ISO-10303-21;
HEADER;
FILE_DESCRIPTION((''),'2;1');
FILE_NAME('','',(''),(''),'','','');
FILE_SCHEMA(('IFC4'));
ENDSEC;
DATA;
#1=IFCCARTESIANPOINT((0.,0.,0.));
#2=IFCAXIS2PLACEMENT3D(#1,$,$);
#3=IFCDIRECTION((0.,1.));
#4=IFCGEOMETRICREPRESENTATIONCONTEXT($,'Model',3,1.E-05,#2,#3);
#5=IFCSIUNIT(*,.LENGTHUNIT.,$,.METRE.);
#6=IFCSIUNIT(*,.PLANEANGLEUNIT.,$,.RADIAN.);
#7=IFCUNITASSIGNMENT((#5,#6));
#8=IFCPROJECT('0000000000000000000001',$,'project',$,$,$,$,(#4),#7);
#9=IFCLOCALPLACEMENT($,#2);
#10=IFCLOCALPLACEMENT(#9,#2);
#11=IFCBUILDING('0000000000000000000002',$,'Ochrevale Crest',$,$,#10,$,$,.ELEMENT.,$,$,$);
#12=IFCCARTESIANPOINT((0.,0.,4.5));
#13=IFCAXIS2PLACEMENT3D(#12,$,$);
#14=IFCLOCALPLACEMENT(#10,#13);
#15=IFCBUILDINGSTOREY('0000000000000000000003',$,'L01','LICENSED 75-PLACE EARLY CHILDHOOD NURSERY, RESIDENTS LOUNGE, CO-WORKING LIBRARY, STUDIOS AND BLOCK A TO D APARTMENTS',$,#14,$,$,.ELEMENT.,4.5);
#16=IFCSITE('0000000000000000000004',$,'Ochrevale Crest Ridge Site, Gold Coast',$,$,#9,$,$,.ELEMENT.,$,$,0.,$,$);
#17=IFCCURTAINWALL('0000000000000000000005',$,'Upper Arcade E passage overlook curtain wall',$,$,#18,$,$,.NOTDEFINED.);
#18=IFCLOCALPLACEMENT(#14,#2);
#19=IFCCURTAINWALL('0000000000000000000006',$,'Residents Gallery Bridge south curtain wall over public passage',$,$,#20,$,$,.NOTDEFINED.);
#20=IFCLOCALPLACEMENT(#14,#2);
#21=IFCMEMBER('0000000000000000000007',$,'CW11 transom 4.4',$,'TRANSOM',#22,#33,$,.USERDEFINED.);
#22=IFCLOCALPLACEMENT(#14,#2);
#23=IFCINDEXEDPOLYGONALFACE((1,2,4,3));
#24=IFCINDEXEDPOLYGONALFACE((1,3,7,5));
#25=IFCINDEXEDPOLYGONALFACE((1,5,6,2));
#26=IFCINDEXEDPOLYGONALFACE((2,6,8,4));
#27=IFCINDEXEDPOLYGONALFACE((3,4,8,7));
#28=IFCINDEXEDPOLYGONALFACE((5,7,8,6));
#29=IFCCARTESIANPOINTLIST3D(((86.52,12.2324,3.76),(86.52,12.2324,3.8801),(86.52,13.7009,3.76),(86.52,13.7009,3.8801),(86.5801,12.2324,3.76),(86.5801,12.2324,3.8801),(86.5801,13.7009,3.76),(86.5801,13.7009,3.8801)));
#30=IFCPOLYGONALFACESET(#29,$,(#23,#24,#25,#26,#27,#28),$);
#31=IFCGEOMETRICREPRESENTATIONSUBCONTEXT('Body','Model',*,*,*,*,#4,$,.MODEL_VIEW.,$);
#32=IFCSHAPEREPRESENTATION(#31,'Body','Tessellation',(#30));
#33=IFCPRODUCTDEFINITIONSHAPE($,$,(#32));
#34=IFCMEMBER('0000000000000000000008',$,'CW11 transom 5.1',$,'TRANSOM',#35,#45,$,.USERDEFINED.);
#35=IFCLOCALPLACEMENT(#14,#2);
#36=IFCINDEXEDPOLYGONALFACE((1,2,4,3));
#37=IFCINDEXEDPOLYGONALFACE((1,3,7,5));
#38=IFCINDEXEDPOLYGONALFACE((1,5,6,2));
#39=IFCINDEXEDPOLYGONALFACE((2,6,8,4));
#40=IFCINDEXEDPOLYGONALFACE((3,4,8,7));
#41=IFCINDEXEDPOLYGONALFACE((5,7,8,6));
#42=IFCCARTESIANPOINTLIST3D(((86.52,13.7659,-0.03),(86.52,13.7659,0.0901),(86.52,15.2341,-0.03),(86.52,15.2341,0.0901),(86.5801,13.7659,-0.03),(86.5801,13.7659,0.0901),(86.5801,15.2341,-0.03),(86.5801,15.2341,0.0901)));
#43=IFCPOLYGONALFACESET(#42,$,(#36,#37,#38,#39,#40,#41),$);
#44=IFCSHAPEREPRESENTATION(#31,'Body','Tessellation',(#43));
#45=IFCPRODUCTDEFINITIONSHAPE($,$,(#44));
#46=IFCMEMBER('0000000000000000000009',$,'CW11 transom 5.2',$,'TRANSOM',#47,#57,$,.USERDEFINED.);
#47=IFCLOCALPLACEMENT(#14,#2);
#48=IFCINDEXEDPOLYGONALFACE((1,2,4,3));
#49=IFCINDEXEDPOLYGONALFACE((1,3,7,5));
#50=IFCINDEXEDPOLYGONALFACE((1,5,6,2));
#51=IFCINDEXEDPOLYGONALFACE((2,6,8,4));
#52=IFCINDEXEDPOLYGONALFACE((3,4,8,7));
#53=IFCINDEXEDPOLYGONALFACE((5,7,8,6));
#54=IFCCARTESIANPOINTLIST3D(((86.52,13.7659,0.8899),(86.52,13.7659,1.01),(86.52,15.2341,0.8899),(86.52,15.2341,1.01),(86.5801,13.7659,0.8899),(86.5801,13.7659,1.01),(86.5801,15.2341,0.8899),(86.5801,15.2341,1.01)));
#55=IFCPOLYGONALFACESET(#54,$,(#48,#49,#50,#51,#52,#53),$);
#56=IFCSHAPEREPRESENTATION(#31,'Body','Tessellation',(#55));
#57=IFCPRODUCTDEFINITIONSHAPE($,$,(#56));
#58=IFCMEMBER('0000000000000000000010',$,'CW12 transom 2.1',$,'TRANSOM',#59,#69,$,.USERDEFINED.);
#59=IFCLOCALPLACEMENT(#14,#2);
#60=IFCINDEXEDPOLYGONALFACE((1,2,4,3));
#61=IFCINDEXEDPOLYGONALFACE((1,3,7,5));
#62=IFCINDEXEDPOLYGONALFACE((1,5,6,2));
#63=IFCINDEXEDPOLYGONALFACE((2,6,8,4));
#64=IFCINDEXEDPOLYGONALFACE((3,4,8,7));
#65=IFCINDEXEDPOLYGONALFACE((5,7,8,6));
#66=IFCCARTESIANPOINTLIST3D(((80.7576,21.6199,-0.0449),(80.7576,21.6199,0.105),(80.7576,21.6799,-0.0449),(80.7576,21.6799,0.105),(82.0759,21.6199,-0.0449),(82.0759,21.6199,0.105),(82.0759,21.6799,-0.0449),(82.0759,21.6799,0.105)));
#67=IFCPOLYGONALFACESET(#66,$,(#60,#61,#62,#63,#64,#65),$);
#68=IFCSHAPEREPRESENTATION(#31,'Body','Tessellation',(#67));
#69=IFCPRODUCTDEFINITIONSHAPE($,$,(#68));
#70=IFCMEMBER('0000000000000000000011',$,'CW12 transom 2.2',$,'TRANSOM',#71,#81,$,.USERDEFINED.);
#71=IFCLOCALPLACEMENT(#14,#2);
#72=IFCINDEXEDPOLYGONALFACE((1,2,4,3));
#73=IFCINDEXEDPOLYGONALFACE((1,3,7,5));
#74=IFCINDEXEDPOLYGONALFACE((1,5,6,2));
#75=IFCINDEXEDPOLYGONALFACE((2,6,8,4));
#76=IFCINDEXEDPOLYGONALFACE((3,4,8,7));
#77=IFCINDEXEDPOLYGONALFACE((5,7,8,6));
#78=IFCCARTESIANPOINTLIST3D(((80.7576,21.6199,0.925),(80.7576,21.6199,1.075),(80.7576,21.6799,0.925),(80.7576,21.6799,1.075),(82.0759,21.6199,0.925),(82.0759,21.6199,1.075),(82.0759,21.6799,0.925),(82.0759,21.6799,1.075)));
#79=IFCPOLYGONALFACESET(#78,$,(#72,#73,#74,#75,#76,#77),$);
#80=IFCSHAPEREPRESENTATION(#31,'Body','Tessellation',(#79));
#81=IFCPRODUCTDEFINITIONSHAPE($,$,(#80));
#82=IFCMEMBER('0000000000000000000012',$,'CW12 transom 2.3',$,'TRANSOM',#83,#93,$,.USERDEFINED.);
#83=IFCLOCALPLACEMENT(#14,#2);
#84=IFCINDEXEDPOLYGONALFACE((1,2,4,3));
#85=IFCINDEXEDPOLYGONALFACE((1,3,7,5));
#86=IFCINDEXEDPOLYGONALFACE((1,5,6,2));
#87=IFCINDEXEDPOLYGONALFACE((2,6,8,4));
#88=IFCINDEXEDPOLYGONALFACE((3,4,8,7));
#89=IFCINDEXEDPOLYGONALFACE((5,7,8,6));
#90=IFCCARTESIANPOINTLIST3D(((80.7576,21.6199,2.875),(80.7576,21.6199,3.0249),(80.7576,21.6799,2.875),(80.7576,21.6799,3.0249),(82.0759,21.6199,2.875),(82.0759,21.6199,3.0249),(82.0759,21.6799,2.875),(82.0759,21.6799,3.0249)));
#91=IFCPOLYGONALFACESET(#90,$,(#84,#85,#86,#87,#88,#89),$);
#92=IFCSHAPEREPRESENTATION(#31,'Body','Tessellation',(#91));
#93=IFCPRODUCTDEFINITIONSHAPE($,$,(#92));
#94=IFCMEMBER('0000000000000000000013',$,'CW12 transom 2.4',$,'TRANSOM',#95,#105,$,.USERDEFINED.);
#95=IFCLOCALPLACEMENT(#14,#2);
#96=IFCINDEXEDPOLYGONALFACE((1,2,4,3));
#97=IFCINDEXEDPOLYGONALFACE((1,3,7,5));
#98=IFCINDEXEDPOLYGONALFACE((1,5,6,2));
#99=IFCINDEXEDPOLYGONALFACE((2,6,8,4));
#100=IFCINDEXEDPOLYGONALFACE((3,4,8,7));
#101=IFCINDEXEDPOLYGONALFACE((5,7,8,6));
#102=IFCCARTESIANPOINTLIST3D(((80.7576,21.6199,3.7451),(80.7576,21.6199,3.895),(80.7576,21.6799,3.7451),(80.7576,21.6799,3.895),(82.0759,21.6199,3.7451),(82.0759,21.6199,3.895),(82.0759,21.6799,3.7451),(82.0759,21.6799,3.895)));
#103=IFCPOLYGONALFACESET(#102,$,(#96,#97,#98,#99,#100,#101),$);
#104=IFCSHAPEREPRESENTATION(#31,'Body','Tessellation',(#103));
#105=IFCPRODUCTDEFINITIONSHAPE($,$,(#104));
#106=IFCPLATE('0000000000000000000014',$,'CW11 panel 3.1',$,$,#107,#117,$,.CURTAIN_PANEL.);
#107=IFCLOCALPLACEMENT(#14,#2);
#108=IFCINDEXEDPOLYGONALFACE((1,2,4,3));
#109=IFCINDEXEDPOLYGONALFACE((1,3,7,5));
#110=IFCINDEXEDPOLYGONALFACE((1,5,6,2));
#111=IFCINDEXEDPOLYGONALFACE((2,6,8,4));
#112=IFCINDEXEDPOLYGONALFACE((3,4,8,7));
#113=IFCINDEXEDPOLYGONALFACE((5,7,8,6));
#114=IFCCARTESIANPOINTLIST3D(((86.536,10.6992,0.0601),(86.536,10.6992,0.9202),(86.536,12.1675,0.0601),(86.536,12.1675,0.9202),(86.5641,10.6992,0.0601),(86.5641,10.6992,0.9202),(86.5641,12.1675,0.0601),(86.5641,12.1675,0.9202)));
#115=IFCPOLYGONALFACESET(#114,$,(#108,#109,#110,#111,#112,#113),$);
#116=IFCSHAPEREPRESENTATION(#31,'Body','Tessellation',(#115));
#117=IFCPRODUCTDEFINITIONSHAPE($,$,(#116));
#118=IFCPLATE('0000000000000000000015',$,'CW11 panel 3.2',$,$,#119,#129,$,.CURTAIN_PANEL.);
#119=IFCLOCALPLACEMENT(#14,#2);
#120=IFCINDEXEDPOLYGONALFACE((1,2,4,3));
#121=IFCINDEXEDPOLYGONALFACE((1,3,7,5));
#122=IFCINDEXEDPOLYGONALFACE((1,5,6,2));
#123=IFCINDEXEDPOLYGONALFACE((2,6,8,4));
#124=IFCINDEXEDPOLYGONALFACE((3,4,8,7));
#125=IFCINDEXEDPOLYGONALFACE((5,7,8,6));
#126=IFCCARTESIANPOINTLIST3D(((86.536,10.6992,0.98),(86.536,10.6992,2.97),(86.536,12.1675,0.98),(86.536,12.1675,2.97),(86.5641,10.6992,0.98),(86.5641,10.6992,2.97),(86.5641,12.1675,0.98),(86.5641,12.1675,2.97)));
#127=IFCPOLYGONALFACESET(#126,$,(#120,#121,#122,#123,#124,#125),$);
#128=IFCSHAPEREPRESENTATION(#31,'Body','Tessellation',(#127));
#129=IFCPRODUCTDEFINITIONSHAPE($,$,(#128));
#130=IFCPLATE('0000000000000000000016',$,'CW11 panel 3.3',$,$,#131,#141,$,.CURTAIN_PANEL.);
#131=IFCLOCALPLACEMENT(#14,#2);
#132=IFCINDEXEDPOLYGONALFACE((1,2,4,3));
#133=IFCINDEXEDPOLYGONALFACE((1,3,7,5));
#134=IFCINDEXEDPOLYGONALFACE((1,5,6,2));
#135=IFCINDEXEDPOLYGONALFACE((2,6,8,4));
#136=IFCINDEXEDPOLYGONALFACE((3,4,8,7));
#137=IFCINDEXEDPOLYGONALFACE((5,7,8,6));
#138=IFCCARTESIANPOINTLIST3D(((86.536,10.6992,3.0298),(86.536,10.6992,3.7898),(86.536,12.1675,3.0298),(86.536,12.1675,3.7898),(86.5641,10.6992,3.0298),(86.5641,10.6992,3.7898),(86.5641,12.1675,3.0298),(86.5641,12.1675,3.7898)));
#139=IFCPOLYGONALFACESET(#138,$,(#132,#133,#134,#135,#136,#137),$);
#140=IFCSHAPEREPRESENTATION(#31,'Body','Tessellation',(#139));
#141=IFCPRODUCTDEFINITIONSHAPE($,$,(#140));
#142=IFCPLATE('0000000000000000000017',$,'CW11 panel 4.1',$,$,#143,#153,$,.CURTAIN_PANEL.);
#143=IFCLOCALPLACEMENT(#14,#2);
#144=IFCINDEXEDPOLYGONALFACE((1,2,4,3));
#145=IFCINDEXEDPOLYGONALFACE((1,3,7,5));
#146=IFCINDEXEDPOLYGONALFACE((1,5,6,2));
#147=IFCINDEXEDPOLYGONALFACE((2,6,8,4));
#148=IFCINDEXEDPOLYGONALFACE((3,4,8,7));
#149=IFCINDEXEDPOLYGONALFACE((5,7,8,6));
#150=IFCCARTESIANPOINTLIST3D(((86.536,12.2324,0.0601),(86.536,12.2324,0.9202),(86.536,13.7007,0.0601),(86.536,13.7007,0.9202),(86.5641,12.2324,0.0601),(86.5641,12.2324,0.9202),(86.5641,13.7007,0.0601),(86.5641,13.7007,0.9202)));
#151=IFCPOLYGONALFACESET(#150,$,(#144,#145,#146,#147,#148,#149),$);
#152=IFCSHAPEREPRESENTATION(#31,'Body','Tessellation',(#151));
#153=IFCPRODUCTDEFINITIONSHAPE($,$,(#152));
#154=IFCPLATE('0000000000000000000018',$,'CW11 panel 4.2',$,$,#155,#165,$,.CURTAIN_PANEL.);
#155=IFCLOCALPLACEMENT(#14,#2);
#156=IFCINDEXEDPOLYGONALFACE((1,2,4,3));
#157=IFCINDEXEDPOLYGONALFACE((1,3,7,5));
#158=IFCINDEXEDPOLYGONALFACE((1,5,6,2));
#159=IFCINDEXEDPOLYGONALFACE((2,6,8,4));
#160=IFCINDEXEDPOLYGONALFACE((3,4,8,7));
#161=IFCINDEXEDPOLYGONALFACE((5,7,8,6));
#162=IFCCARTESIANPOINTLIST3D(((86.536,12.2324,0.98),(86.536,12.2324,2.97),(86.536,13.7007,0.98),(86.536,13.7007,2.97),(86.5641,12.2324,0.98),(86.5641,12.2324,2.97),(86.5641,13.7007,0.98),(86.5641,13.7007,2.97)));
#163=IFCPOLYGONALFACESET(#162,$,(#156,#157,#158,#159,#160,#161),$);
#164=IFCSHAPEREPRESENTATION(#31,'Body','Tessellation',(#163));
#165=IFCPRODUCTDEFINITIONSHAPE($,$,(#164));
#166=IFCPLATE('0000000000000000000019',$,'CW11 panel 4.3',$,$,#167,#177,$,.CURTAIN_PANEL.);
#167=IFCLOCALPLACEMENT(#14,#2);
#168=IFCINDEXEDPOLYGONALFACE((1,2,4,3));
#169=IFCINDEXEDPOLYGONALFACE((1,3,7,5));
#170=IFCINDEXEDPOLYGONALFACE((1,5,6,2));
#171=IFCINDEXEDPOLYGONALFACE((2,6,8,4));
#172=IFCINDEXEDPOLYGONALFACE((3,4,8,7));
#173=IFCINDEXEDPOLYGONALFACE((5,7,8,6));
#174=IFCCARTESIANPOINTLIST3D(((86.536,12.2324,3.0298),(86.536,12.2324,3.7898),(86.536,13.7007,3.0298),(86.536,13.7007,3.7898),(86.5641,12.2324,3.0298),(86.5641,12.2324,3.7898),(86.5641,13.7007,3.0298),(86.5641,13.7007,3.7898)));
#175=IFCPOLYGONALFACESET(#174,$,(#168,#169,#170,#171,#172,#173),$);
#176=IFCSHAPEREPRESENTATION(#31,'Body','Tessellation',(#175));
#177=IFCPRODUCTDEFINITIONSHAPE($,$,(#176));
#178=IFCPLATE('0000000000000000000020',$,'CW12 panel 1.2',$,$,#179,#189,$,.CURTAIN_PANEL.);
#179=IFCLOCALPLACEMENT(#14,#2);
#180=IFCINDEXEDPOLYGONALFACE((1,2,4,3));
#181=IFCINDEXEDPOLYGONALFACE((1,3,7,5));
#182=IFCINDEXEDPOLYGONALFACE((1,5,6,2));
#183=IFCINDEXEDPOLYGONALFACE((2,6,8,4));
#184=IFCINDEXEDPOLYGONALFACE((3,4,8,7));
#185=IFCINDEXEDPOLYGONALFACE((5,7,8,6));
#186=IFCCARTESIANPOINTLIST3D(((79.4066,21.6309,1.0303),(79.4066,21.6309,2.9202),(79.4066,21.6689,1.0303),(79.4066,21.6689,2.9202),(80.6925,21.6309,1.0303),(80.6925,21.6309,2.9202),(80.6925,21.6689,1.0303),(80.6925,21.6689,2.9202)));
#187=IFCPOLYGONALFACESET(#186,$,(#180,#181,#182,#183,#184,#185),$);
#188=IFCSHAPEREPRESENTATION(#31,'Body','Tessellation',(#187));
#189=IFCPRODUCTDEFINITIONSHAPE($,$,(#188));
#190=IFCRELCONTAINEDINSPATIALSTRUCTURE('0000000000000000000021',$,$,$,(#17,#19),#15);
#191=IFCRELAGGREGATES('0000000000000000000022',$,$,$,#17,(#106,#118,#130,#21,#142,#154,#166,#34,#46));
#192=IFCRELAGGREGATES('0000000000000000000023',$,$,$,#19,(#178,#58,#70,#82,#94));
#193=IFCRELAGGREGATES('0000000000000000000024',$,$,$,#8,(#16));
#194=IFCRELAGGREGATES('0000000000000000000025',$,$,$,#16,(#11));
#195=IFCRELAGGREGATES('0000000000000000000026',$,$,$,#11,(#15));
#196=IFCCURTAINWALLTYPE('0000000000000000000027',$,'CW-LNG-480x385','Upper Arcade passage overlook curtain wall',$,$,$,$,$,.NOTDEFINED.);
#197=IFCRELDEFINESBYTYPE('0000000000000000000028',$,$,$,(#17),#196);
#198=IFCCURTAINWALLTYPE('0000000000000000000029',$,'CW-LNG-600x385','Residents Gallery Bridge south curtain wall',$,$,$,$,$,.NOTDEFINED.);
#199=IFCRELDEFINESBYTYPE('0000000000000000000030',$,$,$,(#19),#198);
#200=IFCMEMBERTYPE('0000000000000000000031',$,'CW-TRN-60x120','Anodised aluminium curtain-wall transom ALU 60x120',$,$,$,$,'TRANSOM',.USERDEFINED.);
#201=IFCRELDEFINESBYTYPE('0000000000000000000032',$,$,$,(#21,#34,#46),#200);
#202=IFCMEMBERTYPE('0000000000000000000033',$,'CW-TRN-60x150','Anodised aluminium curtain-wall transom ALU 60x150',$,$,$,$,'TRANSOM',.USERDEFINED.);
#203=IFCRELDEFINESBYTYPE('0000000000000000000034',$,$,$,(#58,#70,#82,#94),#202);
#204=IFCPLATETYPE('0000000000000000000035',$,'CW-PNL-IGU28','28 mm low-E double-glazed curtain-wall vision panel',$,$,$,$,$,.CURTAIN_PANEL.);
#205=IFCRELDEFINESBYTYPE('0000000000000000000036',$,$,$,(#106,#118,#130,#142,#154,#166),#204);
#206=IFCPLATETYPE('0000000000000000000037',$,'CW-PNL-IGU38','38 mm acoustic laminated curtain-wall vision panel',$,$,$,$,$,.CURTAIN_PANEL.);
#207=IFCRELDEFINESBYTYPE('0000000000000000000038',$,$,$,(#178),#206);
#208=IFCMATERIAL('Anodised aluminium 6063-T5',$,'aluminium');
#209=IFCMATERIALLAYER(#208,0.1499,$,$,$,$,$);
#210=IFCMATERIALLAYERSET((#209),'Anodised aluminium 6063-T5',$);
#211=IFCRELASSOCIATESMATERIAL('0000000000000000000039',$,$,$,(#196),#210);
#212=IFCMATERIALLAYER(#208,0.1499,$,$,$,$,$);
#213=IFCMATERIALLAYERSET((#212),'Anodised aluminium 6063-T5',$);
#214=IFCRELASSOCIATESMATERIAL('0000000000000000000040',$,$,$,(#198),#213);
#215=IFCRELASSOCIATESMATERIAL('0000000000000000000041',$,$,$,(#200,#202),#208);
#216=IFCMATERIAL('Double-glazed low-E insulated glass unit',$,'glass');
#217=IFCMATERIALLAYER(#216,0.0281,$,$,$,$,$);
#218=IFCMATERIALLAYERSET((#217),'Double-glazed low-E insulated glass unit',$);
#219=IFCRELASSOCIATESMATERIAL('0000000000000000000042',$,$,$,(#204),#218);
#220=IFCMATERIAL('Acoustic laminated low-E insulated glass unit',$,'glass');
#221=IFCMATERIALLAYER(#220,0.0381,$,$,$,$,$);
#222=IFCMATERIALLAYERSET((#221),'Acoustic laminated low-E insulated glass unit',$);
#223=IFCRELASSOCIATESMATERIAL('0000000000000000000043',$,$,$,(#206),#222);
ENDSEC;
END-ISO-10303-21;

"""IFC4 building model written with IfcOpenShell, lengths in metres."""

from ifc_helpers import new_model, si_unit, direction, frame, origin, origin_2d, place, context, subcontext, project, spatial, rectangle, extrude, material, layer, layer_set, material_profile, profile_set, type_object, element, aggregate, save


model = new_model("IFC4")

# Units and contexts
model_context = context("Model", 3, precision=1e-05, world=origin(), true_north=direction((0.0, 1.0)))
body_context = subcontext(model_context, "Body", "Model", "MODEL_VIEW")
ifc_project = project(units=[si_unit("LENGTHUNIT", "METRE"), si_unit("PLANEANGLEUNIT", "RADIAN")], contexts=[model_context])

# Site, building, storey
site_placement = place(None, origin())
site = spatial("IfcSite", under=ifc_project, at=site_placement, Name="Ochrevale Crest Ridge Site, Gold Coast", CompositionType="ELEMENT", RefElevation=0.0)
building_placement = place(site_placement, origin())
building = spatial("IfcBuilding", under=site, at=building_placement, Name="Ochrevale Crest", CompositionType="ELEMENT")
storey_placement = place(building_placement, frame((0.0, 0.0, 4.5)))
storey = spatial("IfcBuildingStorey", under=building, at=storey_placement, Name="L01", Description="LICENSED 75-PLACE EARLY CHILDHOOD NURSERY, RESIDENTS LOUNGE, CO-WORKING LIBRARY, STUDIOS AND BLOCK A TO D APARTMENTS", CompositionType="ELEMENT", Elevation=4.5)

# Curtain wall
ifc_material_1 = material(Name="Anodised aluminium 6063-T5", Category="aluminium")
ifc_layer_1 = layer(ifc_material_1, 0.1499)
ifc_layer_set_1 = layer_set([ifc_layer_1], Name="Anodised aluminium 6063-T5")
curtain_wall_type_1 = type_object("IfcCurtainWallType", Name="CW-LNG-480x385", Description="Upper Arcade passage overlook curtain wall", PredefinedType="NOTDEFINED", material=ifc_layer_set_1)
curtain_wall_1_placement = place(storey_placement, origin())
curtain_wall_1 = element("IfcCurtainWall", 1, at=curtain_wall_1_placement, inside=storey, type_object=curtain_wall_type_1, Name="Upper Arcade E passage overlook curtain wall", PredefinedType="NOTDEFINED")

# Curtain wall
ifc_layer_2 = layer(ifc_material_1, 0.1499)
ifc_layer_set_2 = layer_set([ifc_layer_2], Name="Anodised aluminium 6063-T5")
curtain_wall_type_2 = type_object("IfcCurtainWallType", Name="CW-LNG-600x385", Description="Residents Gallery Bridge south curtain wall", PredefinedType="NOTDEFINED", material=ifc_layer_set_2)
curtain_wall_2_placement = place(storey_placement, origin())
curtain_wall_2 = element("IfcCurtainWall", 2, at=curtain_wall_2_placement, inside=storey, type_object=curtain_wall_type_2, Name="Residents Gallery Bridge south curtain wall over public passage", PredefinedType="NOTDEFINED")

# Members
ifc_material_profile_1 = material_profile(ifc_material_1, rectangle(XDim=0.0601, YDim=0.1201, at=origin_2d()), Name="ALU 60x120")
ifc_profile_set_1 = profile_set([ifc_material_profile_1], Name="Anodised aluminium 6063-T5")
member_type_1 = type_object("IfcMemberType", Name="CW-TRN-60x120", Description="Anodised aluminium curtain-wall transom ALU 60x120", ElementType="TRANSOM", PredefinedType="USERDEFINED", material=ifc_profile_set_1)
member_1_placement = place(storey_placement, frame((86.55, 12.2324, 3.8201), z_axis=(0.0, 1.0, 0.0), x_axis=(-1.0, 0.0, 0.0)))
member_1 = element("IfcMember", 3, at=member_1_placement, type_object=member_type_1, Name="CW11 transom 4.4", ObjectType="TRANSOM", PredefinedType="USERDEFINED", context=body_context, shape_type="SweptSolid", body=[
    extrude(rectangle(XDim=0.0601, YDim=0.1201, at=origin_2d()), origin(), (0.0, 0.0, 1.0), 1.4685),
])
member_2_placement = place(storey_placement, frame((86.55, 13.7659, 0.03), z_axis=(0.0, 1.0, 0.0), x_axis=(-1.0, 0.0, 0.0)))
member_2 = element("IfcMember", 4, at=member_2_placement, type_object=member_type_1, Name="CW11 transom 5.1", ObjectType="TRANSOM", PredefinedType="USERDEFINED", context=body_context, shape_type="SweptSolid", body=[
    extrude(rectangle(XDim=0.0601, YDim=0.1201, at=origin_2d()), origin(), (0.0, 0.0, 1.0), 1.4683),
])
member_3_placement = place(storey_placement, frame((86.55, 13.7659, 0.95), z_axis=(0.0, 1.0, 0.0), x_axis=(-1.0, 0.0, 0.0)))
member_3 = element("IfcMember", 5, at=member_3_placement, type_object=member_type_1, Name="CW11 transom 5.2", ObjectType="TRANSOM", PredefinedType="USERDEFINED", context=body_context, shape_type="SweptSolid", body=[
    extrude(rectangle(XDim=0.0601, YDim=0.1201, at=origin_2d()), origin(), (0.0, 0.0, 1.0), 1.4683),
])
ifc_material_profile_2 = material_profile(ifc_material_1, rectangle(XDim=0.0601, YDim=0.1499, at=origin_2d()), Name="ALU 60x150")
ifc_profile_set_2 = profile_set([ifc_material_profile_2], Name="Anodised aluminium 6063-T5")
member_type_2 = type_object("IfcMemberType", Name="CW-TRN-60x150", Description="Anodised aluminium curtain-wall transom ALU 60x150", ElementType="TRANSOM", PredefinedType="USERDEFINED", material=ifc_profile_set_2)
member_4_placement = place(storey_placement, frame((80.7576, 21.6499, 0.03), z_axis=(1.0, 0.0, 0.0), x_axis=(0.0, 1.0, 0.0)))
member_4 = element("IfcMember", 6, at=member_4_placement, type_object=member_type_2, Name="CW12 transom 2.1", ObjectType="TRANSOM", PredefinedType="USERDEFINED", context=body_context, shape_type="SweptSolid", body=[
    extrude(rectangle(XDim=0.0601, YDim=0.1499, at=origin_2d()), origin(), (0.0, 0.0, 1.0), 1.3184),
])
member_5_placement = place(storey_placement, frame((80.7576, 21.6499, 1.0), z_axis=(1.0, 0.0, 0.0), x_axis=(0.0, 1.0, 0.0)))
member_5 = element("IfcMember", 7, at=member_5_placement, type_object=member_type_2, Name="CW12 transom 2.2", ObjectType="TRANSOM", PredefinedType="USERDEFINED", context=body_context, shape_type="SweptSolid", body=[
    extrude(rectangle(XDim=0.0601, YDim=0.1499, at=origin_2d()), origin(), (0.0, 0.0, 1.0), 1.3184),
])
member_6_placement = place(storey_placement, frame((80.7576, 21.6499, 2.95), z_axis=(1.0, 0.0, 0.0), x_axis=(0.0, 1.0, 0.0)))
member_6 = element("IfcMember", 8, at=member_6_placement, type_object=member_type_2, Name="CW12 transom 2.3", ObjectType="TRANSOM", PredefinedType="USERDEFINED", context=body_context, shape_type="SweptSolid", body=[
    extrude(rectangle(XDim=0.0601, YDim=0.1499, at=origin_2d()), origin(), (0.0, 0.0, 1.0), 1.3184),
])
member_7_placement = place(storey_placement, frame((80.7576, 21.6499, 3.8201), z_axis=(1.0, 0.0, 0.0), x_axis=(0.0, 1.0, 0.0)))
member_7 = element("IfcMember", 9, at=member_7_placement, type_object=member_type_2, Name="CW12 transom 2.4", ObjectType="TRANSOM", PredefinedType="USERDEFINED", context=body_context, shape_type="SweptSolid", body=[
    extrude(rectangle(XDim=0.0601, YDim=0.1499, at=origin_2d()), origin(), (0.0, 0.0, 1.0), 1.3184),
])

# Plates
ifc_material_2 = material(Name="Double-glazed low-E insulated glass unit", Category="glass")
ifc_layer_3 = layer(ifc_material_2, 0.0281)
ifc_layer_set_3 = layer_set([ifc_layer_3], Name="Double-glazed low-E insulated glass unit")
plate_type_1 = type_object("IfcPlateType", Name="CW-PNL-IGU28", Description="28 mm low-E double-glazed curtain-wall vision panel", PredefinedType="CURTAIN_PANEL", material=ifc_layer_set_3)
plate_1_placement = place(storey_placement, frame((86.55, 11.4333, 0.0601), z_axis=(0.0, 0.0, 1.0), x_axis=(0.0, 1.0, 0.0)))
plate_1 = element("IfcPlate", 10, at=plate_1_placement, type_object=plate_type_1, Name="CW11 panel 3.1", PredefinedType="CURTAIN_PANEL", context=body_context, shape_type="SweptSolid", body=[
    extrude(rectangle(XDim=1.4683, YDim=0.0281, at=origin_2d()), origin(), (0.0, 0.0, 1.0), 0.8601),
])
plate_2_placement = place(storey_placement, frame((86.55, 11.4333, 0.98), z_axis=(0.0, 0.0, 1.0), x_axis=(0.0, 1.0, 0.0)))
plate_2 = element("IfcPlate", 11, at=plate_2_placement, type_object=plate_type_1, Name="CW11 panel 3.2", PredefinedType="CURTAIN_PANEL", context=body_context, shape_type="SweptSolid", body=[
    extrude(rectangle(XDim=1.4683, YDim=0.0281, at=origin_2d()), origin(), (0.0, 0.0, 1.0), 1.99),
])
plate_3_placement = place(storey_placement, frame((86.55, 11.4333, 3.0298), z_axis=(0.0, 0.0, 1.0), x_axis=(0.0, 1.0, 0.0)))
plate_3 = element("IfcPlate", 12, at=plate_3_placement, type_object=plate_type_1, Name="CW11 panel 3.3", PredefinedType="CURTAIN_PANEL", context=body_context, shape_type="SweptSolid", body=[
    extrude(rectangle(XDim=1.4683, YDim=0.0281, at=origin_2d()), origin(), (0.0, 0.0, 1.0), 0.76),
])
plate_4_placement = place(storey_placement, frame((86.55, 12.9666, 0.0601), z_axis=(0.0, 0.0, 1.0), x_axis=(0.0, 1.0, 0.0)))
plate_4 = element("IfcPlate", 13, at=plate_4_placement, type_object=plate_type_1, Name="CW11 panel 4.1", PredefinedType="CURTAIN_PANEL", context=body_context, shape_type="SweptSolid", body=[
    extrude(rectangle(XDim=1.4683, YDim=0.0281, at=origin_2d()), origin(), (0.0, 0.0, 1.0), 0.8601),
])
plate_5_placement = place(storey_placement, frame((86.55, 12.9666, 0.98), z_axis=(0.0, 0.0, 1.0), x_axis=(0.0, 1.0, 0.0)))
plate_5 = element("IfcPlate", 14, at=plate_5_placement, type_object=plate_type_1, Name="CW11 panel 4.2", PredefinedType="CURTAIN_PANEL", context=body_context, shape_type="SweptSolid", body=[
    extrude(rectangle(XDim=1.4683, YDim=0.0281, at=origin_2d()), origin(), (0.0, 0.0, 1.0), 1.99),
])
plate_6_placement = place(storey_placement, frame((86.55, 12.9666, 3.0298), z_axis=(0.0, 0.0, 1.0), x_axis=(0.0, 1.0, 0.0)))
plate_6 = element("IfcPlate", 15, at=plate_6_placement, type_object=plate_type_1, Name="CW11 panel 4.3", PredefinedType="CURTAIN_PANEL", context=body_context, shape_type="SweptSolid", body=[
    extrude(rectangle(XDim=1.4683, YDim=0.0281, at=origin_2d()), origin(), (0.0, 0.0, 1.0), 0.76),
])
aggregate(curtain_wall_1, [plate_1, plate_2, plate_3, member_1, plate_4, plate_5, plate_6, member_2, member_3])
ifc_material_3 = material(Name="Acoustic laminated low-E insulated glass unit", Category="glass")
ifc_layer_4 = layer(ifc_material_3, 0.0381)
ifc_layer_set_4 = layer_set([ifc_layer_4], Name="Acoustic laminated low-E insulated glass unit")
plate_type_2 = type_object("IfcPlateType", Name="CW-PNL-IGU38", Description="38 mm acoustic laminated curtain-wall vision panel", PredefinedType="CURTAIN_PANEL", material=ifc_layer_set_4)
plate_7_placement = place(storey_placement, frame((80.0496, 21.6499, 1.0303), z_axis=(0.0, 0.0, 1.0), x_axis=(1.0, 0.0, 0.0)))
plate_7 = element("IfcPlate", 16, at=plate_7_placement, type_object=plate_type_2, Name="CW12 panel 1.2", PredefinedType="CURTAIN_PANEL", context=body_context, shape_type="SweptSolid", body=[
    extrude(rectangle(XDim=1.2859, YDim=0.0381, at=origin_2d()), origin(), (0.0, 0.0, 1.0), 1.8899),
])
aggregate(curtain_wall_2, [plate_7, member_4, member_5, member_6, member_7])

save(model, "model.ifc")
